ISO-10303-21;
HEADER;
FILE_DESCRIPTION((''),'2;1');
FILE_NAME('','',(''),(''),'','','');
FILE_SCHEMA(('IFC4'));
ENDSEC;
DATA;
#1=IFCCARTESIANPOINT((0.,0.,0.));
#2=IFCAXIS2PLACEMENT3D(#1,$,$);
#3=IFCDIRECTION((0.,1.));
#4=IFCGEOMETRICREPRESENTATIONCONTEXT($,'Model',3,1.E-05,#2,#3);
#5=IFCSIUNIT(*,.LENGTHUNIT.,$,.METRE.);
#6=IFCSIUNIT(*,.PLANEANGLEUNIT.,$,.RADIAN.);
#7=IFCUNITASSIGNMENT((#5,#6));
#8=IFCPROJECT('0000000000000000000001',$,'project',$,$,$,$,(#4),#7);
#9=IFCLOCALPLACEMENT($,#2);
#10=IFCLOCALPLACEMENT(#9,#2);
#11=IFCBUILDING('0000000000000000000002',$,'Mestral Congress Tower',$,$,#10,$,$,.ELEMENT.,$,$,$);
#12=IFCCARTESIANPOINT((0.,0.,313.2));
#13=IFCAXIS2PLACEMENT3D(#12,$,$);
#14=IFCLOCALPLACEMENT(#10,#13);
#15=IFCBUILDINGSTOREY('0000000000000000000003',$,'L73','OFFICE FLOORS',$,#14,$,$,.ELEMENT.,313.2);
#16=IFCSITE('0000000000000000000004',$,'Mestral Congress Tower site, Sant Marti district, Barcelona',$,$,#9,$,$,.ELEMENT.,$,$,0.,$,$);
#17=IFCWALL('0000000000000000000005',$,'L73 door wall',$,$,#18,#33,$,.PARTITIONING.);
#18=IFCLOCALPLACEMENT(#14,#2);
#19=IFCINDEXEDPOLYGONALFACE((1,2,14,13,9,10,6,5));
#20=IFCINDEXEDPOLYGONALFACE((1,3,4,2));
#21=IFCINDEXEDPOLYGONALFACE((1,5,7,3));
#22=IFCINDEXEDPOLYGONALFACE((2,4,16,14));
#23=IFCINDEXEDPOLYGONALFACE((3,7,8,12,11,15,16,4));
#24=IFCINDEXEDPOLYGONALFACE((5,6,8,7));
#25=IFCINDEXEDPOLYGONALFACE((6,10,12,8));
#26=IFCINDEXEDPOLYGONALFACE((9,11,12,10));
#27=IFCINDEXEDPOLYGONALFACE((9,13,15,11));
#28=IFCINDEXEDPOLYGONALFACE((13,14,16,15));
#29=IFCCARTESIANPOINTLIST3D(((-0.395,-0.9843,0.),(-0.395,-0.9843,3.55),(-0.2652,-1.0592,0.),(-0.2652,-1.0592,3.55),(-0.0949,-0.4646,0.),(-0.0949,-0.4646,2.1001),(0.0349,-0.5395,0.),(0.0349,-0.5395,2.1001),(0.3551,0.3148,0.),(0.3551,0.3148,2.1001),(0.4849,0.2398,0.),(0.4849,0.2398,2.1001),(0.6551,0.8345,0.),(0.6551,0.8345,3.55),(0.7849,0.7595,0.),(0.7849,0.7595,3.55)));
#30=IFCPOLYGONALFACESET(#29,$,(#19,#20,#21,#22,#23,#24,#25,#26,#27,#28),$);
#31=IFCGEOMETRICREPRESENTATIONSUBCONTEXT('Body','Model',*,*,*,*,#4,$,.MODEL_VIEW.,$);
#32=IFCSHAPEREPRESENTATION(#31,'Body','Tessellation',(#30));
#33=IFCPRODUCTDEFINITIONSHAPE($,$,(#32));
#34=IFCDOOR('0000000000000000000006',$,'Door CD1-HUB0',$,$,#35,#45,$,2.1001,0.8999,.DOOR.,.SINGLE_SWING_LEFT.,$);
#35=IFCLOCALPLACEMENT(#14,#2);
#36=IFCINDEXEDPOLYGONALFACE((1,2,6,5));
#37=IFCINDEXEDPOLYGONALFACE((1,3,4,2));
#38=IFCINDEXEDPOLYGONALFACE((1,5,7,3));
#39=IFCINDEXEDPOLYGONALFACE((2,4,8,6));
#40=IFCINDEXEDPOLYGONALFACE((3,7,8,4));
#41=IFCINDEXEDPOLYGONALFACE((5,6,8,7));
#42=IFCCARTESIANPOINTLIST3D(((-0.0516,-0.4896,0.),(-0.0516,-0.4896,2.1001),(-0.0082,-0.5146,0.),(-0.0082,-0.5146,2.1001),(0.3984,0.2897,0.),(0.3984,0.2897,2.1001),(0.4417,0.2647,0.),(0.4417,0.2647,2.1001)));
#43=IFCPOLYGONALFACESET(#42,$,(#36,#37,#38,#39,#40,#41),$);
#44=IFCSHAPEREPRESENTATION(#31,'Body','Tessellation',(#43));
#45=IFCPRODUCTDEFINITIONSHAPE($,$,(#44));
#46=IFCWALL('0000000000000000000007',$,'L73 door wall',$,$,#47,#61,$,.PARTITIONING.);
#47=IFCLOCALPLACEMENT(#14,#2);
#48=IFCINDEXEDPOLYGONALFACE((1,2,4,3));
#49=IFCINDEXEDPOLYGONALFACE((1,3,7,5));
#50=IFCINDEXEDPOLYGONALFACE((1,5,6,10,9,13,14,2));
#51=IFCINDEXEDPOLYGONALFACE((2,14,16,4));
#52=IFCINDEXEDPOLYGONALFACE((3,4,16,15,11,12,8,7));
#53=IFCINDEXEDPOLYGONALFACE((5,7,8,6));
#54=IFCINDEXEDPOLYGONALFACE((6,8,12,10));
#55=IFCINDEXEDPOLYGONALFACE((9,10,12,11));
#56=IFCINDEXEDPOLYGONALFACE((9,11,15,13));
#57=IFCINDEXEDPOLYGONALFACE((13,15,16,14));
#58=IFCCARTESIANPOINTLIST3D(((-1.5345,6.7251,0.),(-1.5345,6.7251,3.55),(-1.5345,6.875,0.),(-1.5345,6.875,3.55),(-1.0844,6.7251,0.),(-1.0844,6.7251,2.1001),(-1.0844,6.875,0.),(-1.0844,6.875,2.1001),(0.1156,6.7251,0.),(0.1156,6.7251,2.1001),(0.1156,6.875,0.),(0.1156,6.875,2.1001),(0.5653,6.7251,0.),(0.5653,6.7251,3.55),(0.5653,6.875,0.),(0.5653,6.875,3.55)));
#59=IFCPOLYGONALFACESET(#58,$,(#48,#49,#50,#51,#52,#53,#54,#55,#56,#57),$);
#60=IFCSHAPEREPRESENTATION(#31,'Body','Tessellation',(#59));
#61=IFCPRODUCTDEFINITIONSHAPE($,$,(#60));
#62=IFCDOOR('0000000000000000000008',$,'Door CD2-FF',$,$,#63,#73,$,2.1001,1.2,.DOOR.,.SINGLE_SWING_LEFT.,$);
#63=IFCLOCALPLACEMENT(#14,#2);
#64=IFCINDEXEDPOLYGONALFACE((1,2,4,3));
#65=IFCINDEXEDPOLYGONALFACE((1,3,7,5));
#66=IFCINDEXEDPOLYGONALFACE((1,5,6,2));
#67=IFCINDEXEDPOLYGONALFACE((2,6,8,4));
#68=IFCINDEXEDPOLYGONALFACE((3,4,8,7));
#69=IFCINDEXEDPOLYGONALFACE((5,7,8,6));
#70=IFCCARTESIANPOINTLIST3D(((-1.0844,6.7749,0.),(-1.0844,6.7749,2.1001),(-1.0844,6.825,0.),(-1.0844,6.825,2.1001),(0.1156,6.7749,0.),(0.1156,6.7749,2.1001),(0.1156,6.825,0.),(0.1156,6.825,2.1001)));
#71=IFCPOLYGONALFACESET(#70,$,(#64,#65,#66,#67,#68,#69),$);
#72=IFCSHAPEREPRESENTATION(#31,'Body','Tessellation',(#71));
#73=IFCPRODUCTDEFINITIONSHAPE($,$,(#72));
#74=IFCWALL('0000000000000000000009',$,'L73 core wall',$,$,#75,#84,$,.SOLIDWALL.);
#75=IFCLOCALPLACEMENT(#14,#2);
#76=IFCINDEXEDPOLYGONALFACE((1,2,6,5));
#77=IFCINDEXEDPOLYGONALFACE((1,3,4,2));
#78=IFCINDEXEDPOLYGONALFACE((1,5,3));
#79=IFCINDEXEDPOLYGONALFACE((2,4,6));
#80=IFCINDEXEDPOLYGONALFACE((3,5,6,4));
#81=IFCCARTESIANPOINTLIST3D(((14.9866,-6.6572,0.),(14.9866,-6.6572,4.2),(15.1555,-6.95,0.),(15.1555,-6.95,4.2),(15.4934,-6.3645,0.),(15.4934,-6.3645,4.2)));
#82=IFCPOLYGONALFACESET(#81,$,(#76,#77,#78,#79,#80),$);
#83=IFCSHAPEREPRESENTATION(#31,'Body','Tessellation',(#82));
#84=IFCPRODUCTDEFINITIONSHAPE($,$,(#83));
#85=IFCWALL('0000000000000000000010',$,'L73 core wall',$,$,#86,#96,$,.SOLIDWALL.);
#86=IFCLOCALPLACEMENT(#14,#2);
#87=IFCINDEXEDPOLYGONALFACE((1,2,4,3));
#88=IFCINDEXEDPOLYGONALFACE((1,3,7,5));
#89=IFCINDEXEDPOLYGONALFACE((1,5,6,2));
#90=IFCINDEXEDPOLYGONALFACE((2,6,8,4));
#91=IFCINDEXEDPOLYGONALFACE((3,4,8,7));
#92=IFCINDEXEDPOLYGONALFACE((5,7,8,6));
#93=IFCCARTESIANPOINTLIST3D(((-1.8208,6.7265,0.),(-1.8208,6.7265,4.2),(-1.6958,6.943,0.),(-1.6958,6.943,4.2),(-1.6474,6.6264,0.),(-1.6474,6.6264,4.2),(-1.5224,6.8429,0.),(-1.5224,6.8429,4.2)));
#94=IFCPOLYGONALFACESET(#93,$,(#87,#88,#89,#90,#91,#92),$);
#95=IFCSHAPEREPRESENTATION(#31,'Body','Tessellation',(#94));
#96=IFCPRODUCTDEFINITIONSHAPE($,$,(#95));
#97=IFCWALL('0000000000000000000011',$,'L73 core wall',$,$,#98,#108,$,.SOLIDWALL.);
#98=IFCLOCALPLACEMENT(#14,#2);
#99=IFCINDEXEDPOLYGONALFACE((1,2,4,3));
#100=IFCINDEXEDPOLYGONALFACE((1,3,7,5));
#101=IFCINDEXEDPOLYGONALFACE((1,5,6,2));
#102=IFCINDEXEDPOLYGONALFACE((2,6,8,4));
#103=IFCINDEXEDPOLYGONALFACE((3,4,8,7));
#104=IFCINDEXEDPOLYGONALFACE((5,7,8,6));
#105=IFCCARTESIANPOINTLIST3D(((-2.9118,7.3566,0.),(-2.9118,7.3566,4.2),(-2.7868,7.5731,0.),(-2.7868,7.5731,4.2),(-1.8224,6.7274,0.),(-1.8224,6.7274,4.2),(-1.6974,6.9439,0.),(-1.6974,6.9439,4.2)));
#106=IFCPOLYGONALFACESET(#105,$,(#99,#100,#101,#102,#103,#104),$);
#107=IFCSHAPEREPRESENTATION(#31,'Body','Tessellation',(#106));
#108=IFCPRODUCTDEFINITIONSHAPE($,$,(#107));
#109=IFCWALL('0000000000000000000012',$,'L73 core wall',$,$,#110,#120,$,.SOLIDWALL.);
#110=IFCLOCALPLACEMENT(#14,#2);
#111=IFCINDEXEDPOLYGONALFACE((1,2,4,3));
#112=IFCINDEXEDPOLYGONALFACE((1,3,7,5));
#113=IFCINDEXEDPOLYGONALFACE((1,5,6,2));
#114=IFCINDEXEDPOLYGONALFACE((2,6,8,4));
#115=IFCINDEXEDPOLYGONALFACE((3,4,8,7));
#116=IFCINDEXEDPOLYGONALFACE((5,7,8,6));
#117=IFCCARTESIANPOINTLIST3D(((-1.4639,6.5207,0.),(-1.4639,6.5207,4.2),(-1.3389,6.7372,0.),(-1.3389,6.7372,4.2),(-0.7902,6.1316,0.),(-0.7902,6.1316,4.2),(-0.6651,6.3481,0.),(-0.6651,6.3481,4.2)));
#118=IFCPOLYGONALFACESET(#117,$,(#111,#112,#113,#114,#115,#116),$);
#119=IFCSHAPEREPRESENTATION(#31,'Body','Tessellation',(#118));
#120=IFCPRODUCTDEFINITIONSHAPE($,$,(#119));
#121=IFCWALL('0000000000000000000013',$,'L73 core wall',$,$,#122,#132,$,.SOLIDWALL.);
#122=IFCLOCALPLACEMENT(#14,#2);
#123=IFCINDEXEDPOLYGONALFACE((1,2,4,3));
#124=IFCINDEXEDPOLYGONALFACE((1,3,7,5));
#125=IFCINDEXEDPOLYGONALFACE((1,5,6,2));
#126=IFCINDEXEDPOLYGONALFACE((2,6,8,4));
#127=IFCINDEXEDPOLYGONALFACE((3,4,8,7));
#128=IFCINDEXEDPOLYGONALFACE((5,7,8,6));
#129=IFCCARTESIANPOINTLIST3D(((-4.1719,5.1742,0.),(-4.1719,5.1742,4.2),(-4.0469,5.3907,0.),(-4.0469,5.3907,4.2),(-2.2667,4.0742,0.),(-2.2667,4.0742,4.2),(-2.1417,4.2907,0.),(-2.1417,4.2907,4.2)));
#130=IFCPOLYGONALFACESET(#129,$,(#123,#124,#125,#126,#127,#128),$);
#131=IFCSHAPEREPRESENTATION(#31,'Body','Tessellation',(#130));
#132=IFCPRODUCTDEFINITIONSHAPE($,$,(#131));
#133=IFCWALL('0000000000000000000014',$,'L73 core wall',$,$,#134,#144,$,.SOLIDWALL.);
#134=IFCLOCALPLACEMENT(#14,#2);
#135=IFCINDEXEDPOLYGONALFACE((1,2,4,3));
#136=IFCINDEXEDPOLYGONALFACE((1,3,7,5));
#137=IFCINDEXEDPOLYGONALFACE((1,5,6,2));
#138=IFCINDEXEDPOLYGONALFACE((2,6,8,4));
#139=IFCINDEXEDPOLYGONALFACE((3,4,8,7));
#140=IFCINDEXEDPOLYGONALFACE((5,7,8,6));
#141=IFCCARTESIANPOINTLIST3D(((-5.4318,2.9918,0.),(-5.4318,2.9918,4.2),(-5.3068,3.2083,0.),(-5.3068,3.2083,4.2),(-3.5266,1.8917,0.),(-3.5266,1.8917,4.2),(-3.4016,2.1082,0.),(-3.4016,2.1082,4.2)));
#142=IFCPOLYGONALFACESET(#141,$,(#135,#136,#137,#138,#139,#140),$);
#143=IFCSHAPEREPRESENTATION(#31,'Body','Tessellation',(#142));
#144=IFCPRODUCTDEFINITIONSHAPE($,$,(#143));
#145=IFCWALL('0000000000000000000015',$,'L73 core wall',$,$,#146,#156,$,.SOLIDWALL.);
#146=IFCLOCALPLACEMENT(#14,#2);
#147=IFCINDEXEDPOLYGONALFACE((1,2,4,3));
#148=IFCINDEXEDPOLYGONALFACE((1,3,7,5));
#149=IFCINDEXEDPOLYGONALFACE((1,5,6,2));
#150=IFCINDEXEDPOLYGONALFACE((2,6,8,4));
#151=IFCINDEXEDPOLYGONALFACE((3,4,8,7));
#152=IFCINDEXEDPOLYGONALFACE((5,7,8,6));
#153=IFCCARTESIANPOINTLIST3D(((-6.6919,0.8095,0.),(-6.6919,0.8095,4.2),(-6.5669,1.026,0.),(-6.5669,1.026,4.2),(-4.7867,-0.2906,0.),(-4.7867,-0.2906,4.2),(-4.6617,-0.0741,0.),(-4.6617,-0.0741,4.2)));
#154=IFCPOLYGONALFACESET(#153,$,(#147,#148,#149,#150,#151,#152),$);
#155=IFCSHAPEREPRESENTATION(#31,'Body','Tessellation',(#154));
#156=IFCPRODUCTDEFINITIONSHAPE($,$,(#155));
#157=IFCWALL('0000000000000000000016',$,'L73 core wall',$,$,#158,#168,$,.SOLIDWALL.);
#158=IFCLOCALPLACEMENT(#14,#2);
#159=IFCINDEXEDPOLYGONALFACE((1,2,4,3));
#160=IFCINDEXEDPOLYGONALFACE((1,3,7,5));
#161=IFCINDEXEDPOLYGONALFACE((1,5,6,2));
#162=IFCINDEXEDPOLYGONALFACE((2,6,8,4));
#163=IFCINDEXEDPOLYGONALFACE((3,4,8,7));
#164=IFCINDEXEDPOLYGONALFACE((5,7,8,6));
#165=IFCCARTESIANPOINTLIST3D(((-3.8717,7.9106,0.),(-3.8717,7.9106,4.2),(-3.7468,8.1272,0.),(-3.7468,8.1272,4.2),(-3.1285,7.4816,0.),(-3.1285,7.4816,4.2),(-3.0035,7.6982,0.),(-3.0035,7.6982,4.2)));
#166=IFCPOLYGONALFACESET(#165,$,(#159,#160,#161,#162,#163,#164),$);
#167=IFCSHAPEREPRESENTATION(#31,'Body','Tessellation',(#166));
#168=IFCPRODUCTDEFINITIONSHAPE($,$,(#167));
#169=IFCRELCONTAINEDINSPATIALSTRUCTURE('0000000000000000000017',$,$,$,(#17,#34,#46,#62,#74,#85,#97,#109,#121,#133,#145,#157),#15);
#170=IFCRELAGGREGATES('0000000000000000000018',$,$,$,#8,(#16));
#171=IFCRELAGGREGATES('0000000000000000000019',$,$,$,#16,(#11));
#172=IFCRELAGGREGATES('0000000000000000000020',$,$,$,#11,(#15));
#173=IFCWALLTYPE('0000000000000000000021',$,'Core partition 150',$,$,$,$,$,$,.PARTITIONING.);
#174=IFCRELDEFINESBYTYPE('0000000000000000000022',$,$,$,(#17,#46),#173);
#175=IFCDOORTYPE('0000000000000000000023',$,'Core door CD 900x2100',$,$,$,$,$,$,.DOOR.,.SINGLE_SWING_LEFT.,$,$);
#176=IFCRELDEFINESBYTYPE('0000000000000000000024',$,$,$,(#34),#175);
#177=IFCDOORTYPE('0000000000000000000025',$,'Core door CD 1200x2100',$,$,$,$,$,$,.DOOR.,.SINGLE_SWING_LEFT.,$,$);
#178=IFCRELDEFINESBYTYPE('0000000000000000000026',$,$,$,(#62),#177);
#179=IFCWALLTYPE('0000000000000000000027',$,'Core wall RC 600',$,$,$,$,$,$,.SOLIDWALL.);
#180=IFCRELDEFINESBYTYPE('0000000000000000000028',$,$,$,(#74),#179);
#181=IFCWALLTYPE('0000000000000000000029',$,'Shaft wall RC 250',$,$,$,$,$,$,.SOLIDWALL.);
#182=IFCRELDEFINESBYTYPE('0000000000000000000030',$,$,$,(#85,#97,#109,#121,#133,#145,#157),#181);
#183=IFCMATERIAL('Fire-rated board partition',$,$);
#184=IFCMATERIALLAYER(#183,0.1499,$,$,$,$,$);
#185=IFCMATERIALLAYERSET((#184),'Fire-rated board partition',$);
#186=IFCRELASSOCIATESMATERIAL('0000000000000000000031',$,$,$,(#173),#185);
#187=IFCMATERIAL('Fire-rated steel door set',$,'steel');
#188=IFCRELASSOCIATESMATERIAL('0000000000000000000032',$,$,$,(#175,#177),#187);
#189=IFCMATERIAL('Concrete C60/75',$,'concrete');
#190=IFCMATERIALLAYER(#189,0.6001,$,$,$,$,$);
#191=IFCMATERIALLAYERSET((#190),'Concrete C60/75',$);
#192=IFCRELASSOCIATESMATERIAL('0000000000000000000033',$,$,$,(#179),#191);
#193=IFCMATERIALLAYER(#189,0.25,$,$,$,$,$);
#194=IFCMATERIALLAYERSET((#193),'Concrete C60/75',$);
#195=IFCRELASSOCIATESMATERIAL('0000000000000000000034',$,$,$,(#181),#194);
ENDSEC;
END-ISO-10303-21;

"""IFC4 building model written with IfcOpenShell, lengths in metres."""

from ifc_helpers import new_model, si_unit, direction, frame, frame_2d, origin, place, context, subcontext, project, spatial, polyline, rectangle, outline, extrude, material, layer, layer_set, type_object, element, fill, save


model = new_model("IFC4")

# Units and contexts
model_context = context("Model", 3, precision=1e-05, world=origin(), true_north=direction((0.0, 1.0)))
body_context = subcontext(model_context, "Body", "Model", "MODEL_VIEW")
ifc_project = project(units=[si_unit("LENGTHUNIT", "METRE"), si_unit("PLANEANGLEUNIT", "RADIAN")], contexts=[model_context])

# Site, building, storey
site_placement = place(None, origin())
site = spatial("IfcSite", under=ifc_project, at=site_placement, Name="Mestral Congress Tower site, Sant Marti district, Barcelona", CompositionType="ELEMENT", RefElevation=0.0)
building_placement = place(site_placement, origin())
building = spatial("IfcBuilding", under=site, at=building_placement, Name="Mestral Congress Tower", CompositionType="ELEMENT")
storey_placement = place(building_placement, frame((0.0, 0.0, 313.2)))
storey = spatial("IfcBuildingStorey", under=building, at=storey_placement, Name="L73", Description="OFFICE FLOORS", CompositionType="ELEMENT", Elevation=313.2)

# Shared definitions
ifc_material_1 = material(Name="Concrete C60/75", Category="concrete")

# Shared definitions
placement_1 = place(storey_placement, origin())

# Shared definitions
ifc_material_2 = material(Name="Fire-rated board partition")
ifc_layer_1 = layer(ifc_material_2, 0.1499)
ifc_layer_set_1 = layer_set([ifc_layer_1], Name="Fire-rated board partition")
wall_type_1 = type_object("IfcWallType", Name="Core partition 150", PredefinedType="PARTITIONING", material=ifc_layer_set_1)

# Walls, openings, doors
wall_1_placement = place(storey_placement, frame((-0.3301, -1.0217, 0.0), z_axis=(0.0, 0.0, 1.0), x_axis=(0.500028, 0.866009, 0.0)))
wall_1 = element("IfcWall", 1, at=wall_1_placement, inside=storey, type_object=wall_type_1, Name="L73 door wall", PredefinedType="PARTITIONING", context=body_context, shape_type="SweptSolid", body=[
    extrude(rectangle(XDim=2.1001, YDim=0.1499, at=frame_2d((1.05, 0.0))), origin(), (0.0, 0.0, 1.0), 3.55),
])
opening_1_placement = place(wall_1_placement, frame((0.6001, 0.0, 0.0)))
opening_1 = element("IfcOpeningElement", 2, at=opening_1_placement, cuts=wall_1, PredefinedType="OPENING", context=body_context, shape_type="SweptSolid", body=[
    extrude(rectangle(XDim=0.8999, YDim=2.1001, at=frame_2d((0.45, 1.05))), frame((0.0, 0.085, 0.0), z_axis=(0.0, -1.0, 0.0), x_axis=(1.0, 0.0, 0.0)), (0.0, 0.0, 1.0), 0.1699),
])
ifc_material_3 = material(Name="Fire-rated steel door set", Category="steel")
door_type_1 = type_object("IfcDoorType", Name="Core door CD 900x2100", OperationType="SINGLE_SWING_LEFT", PredefinedType="DOOR", material=ifc_material_3)
door_1_placement = place(opening_1_placement, origin())
door_1 = element("IfcDoor", 3, at=door_1_placement, inside=storey, type_object=door_type_1, Name="Door CD1-HUB0", OperationType="SINGLE_SWING_LEFT", OverallHeight=2.1001, OverallWidth=0.8999, PredefinedType="DOOR", context=body_context, shape_type="SweptSolid", body=[
    extrude(rectangle(XDim=0.8999, YDim=2.1001, at=frame_2d((0.45, 1.05))), frame((0.0, 0.0249, 0.0), z_axis=(0.0, -1.0, 0.0), x_axis=(1.0, 0.0, 0.0)), (0.0, 0.0, 1.0), 0.05),
])
fill(opening_1, door_1)
wall_2_placement = place(storey_placement, frame((-1.5344, 6.8, 0.0), z_axis=(0.0, 0.0, 1.0), x_axis=(1.0, 0.0, 0.0)))
wall_2 = element("IfcWall", 4, at=wall_2_placement, inside=storey, type_object=wall_type_1, Name="L73 door wall", PredefinedType="PARTITIONING", context=body_context, shape_type="SweptSolid", body=[
    extrude(rectangle(XDim=2.0999, YDim=0.1499, at=frame_2d((1.0498, 0.0))), origin(), (0.0, 0.0, 1.0), 3.55),
])
opening_2_placement = place(wall_2_placement, frame((0.45, 0.0, 0.0)))
opening_2 = element("IfcOpeningElement", 5, at=opening_2_placement, cuts=wall_2, PredefinedType="OPENING", context=body_context, shape_type="SweptSolid", body=[
    extrude(rectangle(XDim=1.2, YDim=2.1001, at=frame_2d((0.6001, 1.05))), frame((0.0, 0.085, 0.0), z_axis=(0.0, -1.0, 0.0), x_axis=(1.0, 0.0, 0.0)), (0.0, 0.0, 1.0), 0.1699),
])
door_type_2 = type_object("IfcDoorType", Name="Core door CD 1200x2100", OperationType="SINGLE_SWING_LEFT", PredefinedType="DOOR", material=ifc_material_3)
door_2_placement = place(opening_2_placement, origin())
door_2 = element("IfcDoor", 6, at=door_2_placement, inside=storey, type_object=door_type_2, Name="Door CD2-FF", OperationType="SINGLE_SWING_LEFT", OverallHeight=2.1001, OverallWidth=1.2, PredefinedType="DOOR", context=body_context, shape_type="SweptSolid", body=[
    extrude(rectangle(XDim=1.2, YDim=2.1001, at=frame_2d((0.6001, 1.05))), frame((0.0, 0.0249, 0.0), z_axis=(0.0, -1.0, 0.0), x_axis=(1.0, 0.0, 0.0)), (0.0, 0.0, 1.0), 0.05),
])
fill(opening_2, door_2)

# Walls
ifc_layer_2 = layer(ifc_material_1, 0.6001)
ifc_layer_set_2 = layer_set([ifc_layer_2], Name="Concrete C60/75")
wall_type_2 = type_object("IfcWallType", Name="Core wall RC 600", PredefinedType="SOLIDWALL", material=ifc_layer_set_2)
element("IfcWall", 7, at=placement_1, inside=storey, type_object=wall_type_2, Name="L73 core wall", PredefinedType="SOLIDWALL", context=body_context, shape_type="SweptSolid", body=[
    extrude(outline(polyline([(15.1555, -6.95), (14.9866, -6.6572), (15.4934, -6.3645), (15.1555, -6.95)])), origin(), (0.0, 0.0, 1.0), 4.2),
])
ifc_layer_3 = layer(ifc_material_1, 0.25)
ifc_layer_set_3 = layer_set([ifc_layer_3], Name="Concrete C60/75")
wall_type_3 = type_object("IfcWallType", Name="Shaft wall RC 250", PredefinedType="SOLIDWALL", material=ifc_layer_set_3)
wall_3_placement = place(storey_placement, frame((-1.7583, 6.8347, 0.0), z_axis=(0.0, 0.0, 1.0), x_axis=(0.865982, -0.500074, 0.0)))
element("IfcWall", 8, at=wall_3_placement, inside=storey, type_object=wall_type_3, Name="L73 core wall", PredefinedType="SOLIDWALL", context=body_context, shape_type="SweptSolid", body=[
    extrude(rectangle(XDim=0.2002, YDim=0.25, at=frame_2d((0.1001, 0.0))), origin(), (0.0, 0.0, 1.0), 4.2),
])
wall_4_placement = place(storey_placement, frame((-1.76, 6.8357, 0.0), z_axis=(0.0, 0.0, 1.0), x_axis=(-0.865953, 0.500126, 0.0)))
element("IfcWall", 9, at=wall_4_placement, inside=storey, type_object=wall_type_3, Name="L73 core wall", PredefinedType="SOLIDWALL", context=body_context, shape_type="SweptSolid", body=[
    extrude(rectangle(XDim=1.2581, YDim=0.25, at=frame_2d((0.6289, 0.0))), origin(), (0.0, 0.0, 1.0), 4.2),
])
wall_5_placement = place(storey_placement, frame((-0.7275, 6.2397, 0.0), z_axis=(0.0, 0.0, 1.0), x_axis=(-0.865956, 0.500121, 0.0)))
element("IfcWall", 10, at=wall_5_placement, inside=storey, type_object=wall_type_3, Name="L73 core wall", PredefinedType="SOLIDWALL", context=body_context, shape_type="SweptSolid", body=[
    extrude(rectangle(XDim=0.7781, YDim=0.25, at=frame_2d((0.3892, 0.0))), origin(), (0.0, 0.0, 1.0), 4.2),
])
for number, where, z_axis, x_axis, name in (
    (11, (-2.2041, 4.1824, 0.0), (0.0, 0.0, 1.0), (-0.866008, 0.50003, 0.0), "L73 core wall"),
    (12, (-5.3694, 3.1001, 0.0), (0.0, 0.0, 1.0), (0.866008, -0.50003, 0.0), "L73 core wall"),
    (13, (-4.7241, -0.1824, 0.0), (0.0, 0.0, 1.0), (-0.866008, 0.50003, 0.0), "L73 core wall"),
):
    element("IfcWall", number, at=place(storey_placement, frame(where, z_axis=z_axis, x_axis=x_axis)), inside=storey, type_object=wall_type_3, Name=name, PredefinedType="SOLIDWALL", context=body_context, shape_type="SweptSolid", body=[
        extrude(rectangle(XDim=2.2, YDim=0.25, at=frame_2d((1.1001, 0.0))), origin(), (0.0, 0.0, 1.0), 4.2),
    ])
wall_6_placement = place(storey_placement, frame((-3.0659, 7.5898, 0.0), z_axis=(0.0, 0.0, 1.0), x_axis=(-0.866081, 0.499903, 0.0)))
element("IfcWall", 14, at=wall_6_placement, inside=storey, type_object=wall_type_3, Name="L73 core wall", PredefinedType="SOLIDWALL", context=body_context, shape_type="SweptSolid", body=[
    extrude(rectangle(XDim=0.8582, YDim=0.25, at=frame_2d((0.4292, 0.0))), origin(), (0.0, 0.0, 1.0), 4.2),
])

save(model, "model.ifc")
